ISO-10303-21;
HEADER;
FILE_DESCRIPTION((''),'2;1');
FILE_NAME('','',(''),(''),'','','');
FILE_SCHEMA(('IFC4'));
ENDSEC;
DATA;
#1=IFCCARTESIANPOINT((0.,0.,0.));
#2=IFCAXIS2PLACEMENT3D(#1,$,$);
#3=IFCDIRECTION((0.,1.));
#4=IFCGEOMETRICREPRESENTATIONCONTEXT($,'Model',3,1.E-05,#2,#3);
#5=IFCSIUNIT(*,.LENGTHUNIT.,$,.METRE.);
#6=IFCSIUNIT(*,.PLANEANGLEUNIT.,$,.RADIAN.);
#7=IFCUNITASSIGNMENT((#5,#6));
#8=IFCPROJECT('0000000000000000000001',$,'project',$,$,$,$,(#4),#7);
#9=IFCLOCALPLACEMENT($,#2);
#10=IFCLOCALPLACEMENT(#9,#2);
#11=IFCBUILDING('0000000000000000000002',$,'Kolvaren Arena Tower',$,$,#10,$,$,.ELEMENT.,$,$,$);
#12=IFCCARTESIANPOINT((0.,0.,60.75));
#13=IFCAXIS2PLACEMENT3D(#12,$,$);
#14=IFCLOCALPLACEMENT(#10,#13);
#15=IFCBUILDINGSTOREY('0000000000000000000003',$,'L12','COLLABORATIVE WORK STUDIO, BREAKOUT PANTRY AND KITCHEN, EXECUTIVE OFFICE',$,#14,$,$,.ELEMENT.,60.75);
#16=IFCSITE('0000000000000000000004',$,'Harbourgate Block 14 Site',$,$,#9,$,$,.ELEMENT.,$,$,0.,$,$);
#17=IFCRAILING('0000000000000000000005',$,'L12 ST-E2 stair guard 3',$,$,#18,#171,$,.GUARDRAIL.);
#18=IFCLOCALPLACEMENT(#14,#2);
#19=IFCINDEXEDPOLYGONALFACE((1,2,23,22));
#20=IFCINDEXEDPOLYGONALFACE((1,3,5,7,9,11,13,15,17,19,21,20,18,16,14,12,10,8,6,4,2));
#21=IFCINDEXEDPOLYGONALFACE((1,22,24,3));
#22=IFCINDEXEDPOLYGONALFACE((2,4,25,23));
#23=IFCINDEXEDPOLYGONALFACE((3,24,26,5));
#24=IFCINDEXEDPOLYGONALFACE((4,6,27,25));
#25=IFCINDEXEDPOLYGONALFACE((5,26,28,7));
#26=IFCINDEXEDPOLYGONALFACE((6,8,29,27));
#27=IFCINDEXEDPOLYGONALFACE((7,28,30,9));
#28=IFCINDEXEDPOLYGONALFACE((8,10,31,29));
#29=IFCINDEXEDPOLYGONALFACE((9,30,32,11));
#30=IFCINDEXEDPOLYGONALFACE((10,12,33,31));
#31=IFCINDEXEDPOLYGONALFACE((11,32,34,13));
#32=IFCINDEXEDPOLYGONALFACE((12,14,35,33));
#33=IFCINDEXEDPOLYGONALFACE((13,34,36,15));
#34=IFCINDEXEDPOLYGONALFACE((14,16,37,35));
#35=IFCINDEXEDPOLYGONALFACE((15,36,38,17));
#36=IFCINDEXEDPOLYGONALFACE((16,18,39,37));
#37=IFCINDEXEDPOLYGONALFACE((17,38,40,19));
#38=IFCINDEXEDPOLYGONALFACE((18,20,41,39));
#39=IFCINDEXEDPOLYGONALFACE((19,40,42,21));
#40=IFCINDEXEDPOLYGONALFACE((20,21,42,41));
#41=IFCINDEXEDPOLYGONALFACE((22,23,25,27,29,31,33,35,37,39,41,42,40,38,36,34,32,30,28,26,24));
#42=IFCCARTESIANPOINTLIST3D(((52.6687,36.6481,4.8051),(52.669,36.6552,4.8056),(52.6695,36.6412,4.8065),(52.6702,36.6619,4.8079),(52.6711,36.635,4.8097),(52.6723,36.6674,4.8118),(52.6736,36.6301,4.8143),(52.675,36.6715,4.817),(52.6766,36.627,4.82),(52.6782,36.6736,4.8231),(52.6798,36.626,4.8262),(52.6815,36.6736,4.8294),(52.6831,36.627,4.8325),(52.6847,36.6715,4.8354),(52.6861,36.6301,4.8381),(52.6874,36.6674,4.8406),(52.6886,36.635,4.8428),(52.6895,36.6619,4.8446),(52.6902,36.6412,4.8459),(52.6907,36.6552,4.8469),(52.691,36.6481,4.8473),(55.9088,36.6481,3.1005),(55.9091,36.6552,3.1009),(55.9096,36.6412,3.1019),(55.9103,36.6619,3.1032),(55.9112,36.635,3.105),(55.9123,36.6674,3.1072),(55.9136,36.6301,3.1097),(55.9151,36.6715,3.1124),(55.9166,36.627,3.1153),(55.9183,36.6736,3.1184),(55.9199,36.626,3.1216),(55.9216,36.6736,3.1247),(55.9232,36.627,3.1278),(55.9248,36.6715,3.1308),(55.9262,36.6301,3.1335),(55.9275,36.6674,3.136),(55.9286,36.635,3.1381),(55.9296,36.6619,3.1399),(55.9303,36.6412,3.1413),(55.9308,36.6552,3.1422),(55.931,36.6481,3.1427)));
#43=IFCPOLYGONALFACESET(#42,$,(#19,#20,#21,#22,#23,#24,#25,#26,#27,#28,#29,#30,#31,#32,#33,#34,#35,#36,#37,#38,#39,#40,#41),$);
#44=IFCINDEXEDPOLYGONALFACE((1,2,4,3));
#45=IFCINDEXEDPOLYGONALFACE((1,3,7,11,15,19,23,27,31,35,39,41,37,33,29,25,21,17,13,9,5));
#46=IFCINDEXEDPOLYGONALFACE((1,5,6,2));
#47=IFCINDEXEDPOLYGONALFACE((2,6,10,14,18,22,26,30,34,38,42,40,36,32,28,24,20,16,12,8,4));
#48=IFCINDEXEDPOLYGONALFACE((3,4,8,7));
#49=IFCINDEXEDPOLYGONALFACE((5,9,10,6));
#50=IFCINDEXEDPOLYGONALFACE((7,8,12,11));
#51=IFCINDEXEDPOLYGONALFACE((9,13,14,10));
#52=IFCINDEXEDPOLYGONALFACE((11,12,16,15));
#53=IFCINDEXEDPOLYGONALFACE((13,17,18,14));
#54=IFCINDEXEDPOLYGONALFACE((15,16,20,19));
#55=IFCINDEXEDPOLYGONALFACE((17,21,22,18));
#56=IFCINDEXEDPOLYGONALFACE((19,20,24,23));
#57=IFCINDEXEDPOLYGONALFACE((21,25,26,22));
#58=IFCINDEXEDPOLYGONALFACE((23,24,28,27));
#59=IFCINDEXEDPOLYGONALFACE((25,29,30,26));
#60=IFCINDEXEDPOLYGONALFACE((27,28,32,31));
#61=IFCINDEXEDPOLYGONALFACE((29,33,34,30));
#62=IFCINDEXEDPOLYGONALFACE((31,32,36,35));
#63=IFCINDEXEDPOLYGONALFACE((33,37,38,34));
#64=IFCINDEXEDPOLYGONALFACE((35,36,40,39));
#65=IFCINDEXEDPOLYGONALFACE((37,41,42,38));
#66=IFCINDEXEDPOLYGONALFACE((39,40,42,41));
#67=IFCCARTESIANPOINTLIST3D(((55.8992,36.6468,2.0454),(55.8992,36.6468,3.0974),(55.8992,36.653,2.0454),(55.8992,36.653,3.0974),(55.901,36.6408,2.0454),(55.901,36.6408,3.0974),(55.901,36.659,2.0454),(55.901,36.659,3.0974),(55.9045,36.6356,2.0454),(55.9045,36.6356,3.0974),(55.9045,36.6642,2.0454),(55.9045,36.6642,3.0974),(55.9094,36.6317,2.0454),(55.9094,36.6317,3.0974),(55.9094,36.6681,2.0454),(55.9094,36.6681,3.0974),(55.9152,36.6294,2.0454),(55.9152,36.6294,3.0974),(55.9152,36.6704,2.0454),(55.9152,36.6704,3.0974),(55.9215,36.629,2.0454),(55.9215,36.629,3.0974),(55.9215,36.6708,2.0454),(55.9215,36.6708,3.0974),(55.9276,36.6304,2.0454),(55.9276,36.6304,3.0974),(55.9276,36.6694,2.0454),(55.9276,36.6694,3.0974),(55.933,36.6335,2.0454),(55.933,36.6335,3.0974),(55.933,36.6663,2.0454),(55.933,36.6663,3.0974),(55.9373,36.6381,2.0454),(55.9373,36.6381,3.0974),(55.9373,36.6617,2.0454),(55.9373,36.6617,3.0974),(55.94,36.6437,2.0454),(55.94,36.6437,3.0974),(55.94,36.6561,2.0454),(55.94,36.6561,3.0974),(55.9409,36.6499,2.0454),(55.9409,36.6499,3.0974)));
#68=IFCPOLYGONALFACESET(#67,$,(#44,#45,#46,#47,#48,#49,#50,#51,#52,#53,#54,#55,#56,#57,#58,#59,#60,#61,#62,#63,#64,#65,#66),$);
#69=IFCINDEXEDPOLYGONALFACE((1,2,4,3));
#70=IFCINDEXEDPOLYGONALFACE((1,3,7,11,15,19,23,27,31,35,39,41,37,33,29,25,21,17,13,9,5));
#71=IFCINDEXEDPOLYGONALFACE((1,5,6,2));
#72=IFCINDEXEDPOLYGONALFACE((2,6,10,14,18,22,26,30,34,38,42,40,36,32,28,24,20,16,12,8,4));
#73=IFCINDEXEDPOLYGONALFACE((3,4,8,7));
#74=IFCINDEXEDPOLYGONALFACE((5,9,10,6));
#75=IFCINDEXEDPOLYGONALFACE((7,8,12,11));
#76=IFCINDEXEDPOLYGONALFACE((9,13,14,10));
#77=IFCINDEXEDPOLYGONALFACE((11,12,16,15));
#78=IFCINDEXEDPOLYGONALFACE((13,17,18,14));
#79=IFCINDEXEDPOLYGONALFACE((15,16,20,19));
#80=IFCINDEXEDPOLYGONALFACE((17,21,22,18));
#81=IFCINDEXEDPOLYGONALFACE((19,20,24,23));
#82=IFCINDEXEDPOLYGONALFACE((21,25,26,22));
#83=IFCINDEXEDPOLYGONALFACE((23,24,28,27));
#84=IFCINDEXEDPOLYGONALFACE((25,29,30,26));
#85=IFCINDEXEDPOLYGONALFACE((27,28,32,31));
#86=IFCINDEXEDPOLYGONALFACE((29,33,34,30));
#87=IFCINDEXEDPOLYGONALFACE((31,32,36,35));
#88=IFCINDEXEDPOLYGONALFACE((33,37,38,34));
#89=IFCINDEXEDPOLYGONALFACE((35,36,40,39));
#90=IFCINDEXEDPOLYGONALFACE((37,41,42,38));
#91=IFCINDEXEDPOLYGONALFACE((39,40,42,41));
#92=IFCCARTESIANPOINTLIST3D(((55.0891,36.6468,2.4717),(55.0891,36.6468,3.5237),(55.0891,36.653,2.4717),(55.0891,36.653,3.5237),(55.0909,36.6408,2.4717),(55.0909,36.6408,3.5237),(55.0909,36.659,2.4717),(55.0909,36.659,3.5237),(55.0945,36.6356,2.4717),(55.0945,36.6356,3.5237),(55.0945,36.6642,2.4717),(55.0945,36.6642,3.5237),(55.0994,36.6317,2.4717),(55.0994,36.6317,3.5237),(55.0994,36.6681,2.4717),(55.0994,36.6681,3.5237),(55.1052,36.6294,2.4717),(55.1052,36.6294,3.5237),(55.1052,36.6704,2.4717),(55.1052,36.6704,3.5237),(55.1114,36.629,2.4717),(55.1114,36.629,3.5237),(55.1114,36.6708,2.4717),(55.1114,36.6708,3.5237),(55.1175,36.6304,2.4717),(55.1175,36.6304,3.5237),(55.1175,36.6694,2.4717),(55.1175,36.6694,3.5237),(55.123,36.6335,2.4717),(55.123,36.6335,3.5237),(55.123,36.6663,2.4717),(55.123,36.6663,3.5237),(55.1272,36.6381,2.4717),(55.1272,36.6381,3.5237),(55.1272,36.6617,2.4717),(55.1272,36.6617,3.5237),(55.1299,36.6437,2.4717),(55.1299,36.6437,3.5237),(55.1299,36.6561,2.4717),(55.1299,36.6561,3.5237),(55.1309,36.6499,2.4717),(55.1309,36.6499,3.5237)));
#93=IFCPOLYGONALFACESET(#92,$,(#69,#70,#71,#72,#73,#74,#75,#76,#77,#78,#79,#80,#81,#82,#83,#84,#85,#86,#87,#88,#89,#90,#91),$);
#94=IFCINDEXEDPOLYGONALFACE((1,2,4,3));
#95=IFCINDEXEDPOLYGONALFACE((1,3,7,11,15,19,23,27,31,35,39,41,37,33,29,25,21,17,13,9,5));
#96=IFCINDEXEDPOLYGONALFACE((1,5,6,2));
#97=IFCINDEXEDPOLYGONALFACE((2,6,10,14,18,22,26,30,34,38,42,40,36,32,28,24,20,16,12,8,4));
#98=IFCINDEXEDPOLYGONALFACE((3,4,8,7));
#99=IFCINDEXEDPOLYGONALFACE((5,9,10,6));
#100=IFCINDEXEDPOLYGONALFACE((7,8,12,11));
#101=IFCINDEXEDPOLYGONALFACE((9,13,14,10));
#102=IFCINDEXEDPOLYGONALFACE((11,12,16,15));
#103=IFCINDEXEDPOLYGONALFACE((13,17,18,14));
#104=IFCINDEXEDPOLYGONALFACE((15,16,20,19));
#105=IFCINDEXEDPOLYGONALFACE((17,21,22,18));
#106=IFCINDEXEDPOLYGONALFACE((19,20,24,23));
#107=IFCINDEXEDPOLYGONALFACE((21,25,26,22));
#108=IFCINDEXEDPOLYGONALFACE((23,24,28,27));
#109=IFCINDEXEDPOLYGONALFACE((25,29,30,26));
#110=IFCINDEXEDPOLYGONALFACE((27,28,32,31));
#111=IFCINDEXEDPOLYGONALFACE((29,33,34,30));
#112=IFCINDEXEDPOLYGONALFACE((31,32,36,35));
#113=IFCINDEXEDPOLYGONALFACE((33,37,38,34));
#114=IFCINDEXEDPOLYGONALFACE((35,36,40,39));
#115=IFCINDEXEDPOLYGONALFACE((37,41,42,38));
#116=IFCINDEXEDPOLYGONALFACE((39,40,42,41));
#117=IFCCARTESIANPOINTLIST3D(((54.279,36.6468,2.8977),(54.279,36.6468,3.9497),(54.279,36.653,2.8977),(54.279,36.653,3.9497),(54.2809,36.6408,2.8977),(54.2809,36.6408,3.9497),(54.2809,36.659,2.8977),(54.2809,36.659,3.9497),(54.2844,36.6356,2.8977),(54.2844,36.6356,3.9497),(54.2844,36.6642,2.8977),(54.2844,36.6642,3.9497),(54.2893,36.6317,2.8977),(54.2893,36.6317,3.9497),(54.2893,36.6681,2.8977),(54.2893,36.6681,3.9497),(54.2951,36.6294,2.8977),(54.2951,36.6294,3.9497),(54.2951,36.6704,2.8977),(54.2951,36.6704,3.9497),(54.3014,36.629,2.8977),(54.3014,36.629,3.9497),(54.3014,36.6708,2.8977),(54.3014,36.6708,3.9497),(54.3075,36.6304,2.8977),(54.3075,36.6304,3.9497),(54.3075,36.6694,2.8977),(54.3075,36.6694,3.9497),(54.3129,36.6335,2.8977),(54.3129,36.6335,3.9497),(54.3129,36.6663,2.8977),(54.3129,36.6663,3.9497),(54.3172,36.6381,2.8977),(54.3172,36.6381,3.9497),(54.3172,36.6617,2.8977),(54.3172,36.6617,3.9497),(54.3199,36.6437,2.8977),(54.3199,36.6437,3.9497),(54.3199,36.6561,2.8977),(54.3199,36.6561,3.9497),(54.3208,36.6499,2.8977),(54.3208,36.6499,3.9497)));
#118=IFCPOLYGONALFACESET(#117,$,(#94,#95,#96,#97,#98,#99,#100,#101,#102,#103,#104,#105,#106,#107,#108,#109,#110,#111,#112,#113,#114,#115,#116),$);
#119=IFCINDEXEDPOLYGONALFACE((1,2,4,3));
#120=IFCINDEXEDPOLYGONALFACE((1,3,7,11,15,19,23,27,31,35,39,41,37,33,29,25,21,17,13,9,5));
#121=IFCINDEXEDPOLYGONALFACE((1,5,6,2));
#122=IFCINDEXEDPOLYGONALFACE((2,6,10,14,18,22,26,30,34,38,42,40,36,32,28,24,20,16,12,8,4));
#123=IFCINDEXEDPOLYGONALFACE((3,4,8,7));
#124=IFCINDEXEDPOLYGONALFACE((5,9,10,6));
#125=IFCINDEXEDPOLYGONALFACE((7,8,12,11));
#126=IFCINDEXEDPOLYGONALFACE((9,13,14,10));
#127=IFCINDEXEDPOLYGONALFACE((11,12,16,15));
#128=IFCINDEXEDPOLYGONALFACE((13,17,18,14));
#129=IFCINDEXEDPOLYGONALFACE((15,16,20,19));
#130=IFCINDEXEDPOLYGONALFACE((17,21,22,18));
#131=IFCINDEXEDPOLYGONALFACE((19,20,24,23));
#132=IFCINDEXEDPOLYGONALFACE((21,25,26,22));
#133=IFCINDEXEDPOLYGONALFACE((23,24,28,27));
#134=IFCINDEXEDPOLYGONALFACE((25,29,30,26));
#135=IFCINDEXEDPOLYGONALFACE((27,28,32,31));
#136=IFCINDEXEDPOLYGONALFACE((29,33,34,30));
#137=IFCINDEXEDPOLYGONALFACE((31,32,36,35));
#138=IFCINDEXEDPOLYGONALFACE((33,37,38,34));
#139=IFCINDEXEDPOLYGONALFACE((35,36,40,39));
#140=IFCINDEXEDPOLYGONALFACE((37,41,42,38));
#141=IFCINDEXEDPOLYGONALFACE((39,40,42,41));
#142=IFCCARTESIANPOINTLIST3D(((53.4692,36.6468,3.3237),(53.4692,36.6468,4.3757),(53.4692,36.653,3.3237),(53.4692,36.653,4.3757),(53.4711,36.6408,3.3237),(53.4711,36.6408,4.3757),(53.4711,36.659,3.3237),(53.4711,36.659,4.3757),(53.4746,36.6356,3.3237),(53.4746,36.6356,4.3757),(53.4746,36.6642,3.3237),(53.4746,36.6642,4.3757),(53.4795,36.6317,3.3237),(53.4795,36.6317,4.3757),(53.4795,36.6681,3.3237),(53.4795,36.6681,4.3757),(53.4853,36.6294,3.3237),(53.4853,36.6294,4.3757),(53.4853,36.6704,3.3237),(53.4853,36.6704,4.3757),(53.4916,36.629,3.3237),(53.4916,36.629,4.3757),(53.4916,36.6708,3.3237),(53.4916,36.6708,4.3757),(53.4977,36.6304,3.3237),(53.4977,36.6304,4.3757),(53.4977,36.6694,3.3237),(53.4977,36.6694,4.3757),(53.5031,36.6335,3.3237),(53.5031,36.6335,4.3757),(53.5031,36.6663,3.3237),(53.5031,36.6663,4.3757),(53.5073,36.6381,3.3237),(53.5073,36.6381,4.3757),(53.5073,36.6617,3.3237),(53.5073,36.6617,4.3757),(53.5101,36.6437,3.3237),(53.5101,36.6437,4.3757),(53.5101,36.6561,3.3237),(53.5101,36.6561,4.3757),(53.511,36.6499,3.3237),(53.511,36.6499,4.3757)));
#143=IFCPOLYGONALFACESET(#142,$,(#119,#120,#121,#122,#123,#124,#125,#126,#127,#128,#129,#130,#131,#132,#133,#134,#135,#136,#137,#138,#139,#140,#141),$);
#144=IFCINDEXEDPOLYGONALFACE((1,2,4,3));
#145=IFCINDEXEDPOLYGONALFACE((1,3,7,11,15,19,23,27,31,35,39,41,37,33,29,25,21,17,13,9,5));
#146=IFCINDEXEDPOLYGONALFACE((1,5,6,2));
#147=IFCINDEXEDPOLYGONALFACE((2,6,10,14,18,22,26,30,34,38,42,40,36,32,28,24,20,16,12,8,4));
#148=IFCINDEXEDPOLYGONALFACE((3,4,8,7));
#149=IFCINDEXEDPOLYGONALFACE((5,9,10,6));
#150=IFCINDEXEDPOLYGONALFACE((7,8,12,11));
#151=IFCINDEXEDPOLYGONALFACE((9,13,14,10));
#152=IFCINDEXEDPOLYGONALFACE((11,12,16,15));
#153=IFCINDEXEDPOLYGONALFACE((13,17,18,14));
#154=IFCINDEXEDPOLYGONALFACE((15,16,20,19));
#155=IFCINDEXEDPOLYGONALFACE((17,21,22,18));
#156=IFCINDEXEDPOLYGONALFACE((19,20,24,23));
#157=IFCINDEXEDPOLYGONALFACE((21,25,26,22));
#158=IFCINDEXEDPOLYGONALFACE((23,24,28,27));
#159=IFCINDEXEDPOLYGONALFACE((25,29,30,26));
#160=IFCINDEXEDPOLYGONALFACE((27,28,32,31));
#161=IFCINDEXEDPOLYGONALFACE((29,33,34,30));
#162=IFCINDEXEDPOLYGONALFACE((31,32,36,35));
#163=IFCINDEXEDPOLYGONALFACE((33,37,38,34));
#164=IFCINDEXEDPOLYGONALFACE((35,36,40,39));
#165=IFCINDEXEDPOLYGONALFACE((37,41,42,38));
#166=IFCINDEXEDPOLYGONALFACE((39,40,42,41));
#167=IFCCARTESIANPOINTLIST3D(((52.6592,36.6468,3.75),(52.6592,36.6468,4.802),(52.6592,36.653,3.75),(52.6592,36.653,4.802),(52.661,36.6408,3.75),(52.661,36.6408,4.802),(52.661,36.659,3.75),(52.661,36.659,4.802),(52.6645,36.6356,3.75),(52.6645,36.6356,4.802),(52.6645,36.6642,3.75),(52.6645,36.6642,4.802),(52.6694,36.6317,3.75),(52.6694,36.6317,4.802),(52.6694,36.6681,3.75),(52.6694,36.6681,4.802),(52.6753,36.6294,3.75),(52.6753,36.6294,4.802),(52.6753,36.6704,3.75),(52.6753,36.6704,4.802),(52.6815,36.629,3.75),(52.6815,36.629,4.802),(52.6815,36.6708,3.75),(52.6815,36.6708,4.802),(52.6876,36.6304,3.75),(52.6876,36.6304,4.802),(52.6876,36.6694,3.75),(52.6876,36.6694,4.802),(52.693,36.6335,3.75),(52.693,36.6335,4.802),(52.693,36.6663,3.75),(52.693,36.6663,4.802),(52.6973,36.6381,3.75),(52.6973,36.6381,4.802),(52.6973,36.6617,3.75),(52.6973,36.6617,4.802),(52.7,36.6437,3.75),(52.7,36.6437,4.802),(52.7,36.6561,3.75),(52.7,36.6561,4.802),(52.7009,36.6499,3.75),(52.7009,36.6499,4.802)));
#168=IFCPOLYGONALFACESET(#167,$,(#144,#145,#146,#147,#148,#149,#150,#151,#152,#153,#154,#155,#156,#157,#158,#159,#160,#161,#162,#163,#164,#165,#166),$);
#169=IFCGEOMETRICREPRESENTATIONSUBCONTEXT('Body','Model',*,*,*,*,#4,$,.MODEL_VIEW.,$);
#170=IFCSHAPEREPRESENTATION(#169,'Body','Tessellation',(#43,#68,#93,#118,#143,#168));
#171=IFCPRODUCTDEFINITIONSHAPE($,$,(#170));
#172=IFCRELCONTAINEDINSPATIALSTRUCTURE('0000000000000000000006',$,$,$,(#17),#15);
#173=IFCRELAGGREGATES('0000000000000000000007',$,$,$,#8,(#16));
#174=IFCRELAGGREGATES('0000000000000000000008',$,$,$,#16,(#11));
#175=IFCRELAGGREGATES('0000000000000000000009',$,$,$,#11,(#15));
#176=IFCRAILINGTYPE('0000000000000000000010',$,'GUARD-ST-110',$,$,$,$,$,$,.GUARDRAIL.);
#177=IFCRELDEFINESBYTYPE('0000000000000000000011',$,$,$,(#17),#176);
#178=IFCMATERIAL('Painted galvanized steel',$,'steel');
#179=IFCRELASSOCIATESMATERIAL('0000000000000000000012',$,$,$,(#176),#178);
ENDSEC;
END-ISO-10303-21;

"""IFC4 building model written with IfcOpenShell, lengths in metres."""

from ifc_helpers import new_model, si_unit, direction, frame, origin, origin_2d, place, context, subcontext, project, spatial, circle, extrude, material, type_object, element, save


model = new_model("IFC4")

# Units and contexts
model_context = context("Model", 3, precision=1e-05, world=origin(), true_north=direction((0.0, 1.0)))
body_context = subcontext(model_context, "Body", "Model", "MODEL_VIEW")
ifc_project = project(units=[si_unit("LENGTHUNIT", "METRE"), si_unit("PLANEANGLEUNIT", "RADIAN")], contexts=[model_context])

# Site, building, storey
site_placement = place(None, origin())
site = spatial("IfcSite", under=ifc_project, at=site_placement, Name="Harbourgate Block 14 Site", CompositionType="ELEMENT", RefElevation=0.0)
building_placement = place(site_placement, origin())
building = spatial("IfcBuilding", under=site, at=building_placement, Name="Kolvaren Arena Tower", CompositionType="ELEMENT")
storey_placement = place(building_placement, frame((0.0, 0.0, 60.75)))
storey = spatial("IfcBuildingStorey", under=building, at=storey_placement, Name="L12", Description="COLLABORATIVE WORK STUDIO, BREAKOUT PANTRY AND KITCHEN, EXECUTIVE OFFICE", CompositionType="ELEMENT", Elevation=60.75)

# Railing
ifc_material_1 = material(Name="Painted galvanized steel", Category="steel")
railing_type_1 = type_object("IfcRailingType", Name="GUARD-ST-110", PredefinedType="GUARDRAIL", material=ifc_material_1)
railing_1_placement = place(storey_placement, frame((55.9199, 36.6499, 2.0454)))
element("IfcRailing", 1, at=railing_1_placement, inside=storey, type_object=railing_type_1, Name="L12 ST-E2 stair guard 3", PredefinedType="GUARDRAIL", context=body_context, shape_type="SweptSolid", body=[
    extrude(circle(Radius=0.0239, at=origin_2d()), frame((0.0, 0.0, 1.0762), z_axis=(-0.884993, 0.0, 0.465604), x_axis=(0.0, -1.0, 0.0)), (0.0, 0.0, 1.0), 3.6611),
    extrude(circle(Radius=0.021, at=origin_2d()), origin(), (0.0, 0.0, 1.0), 1.052),
    extrude(circle(Radius=0.021, at=origin_2d()), frame((-0.8101, 0.0, 0.4263)), (0.0, 0.0, 1.0), 1.052),
    extrude(circle(Radius=0.021, at=origin_2d()), frame((-1.6201, 0.0, 0.8523)), (0.0, 0.0, 1.0), 1.052),
    extrude(circle(Radius=0.021, at=origin_2d()), frame((-2.4299, 0.0, 1.2783)), (0.0, 0.0, 1.0), 1.052),
    extrude(circle(Radius=0.021, at=origin_2d()), frame((-3.24, 0.0, 1.7046)), (0.0, 0.0, 1.0), 1.052),
])

save(model, "model.ifc")
